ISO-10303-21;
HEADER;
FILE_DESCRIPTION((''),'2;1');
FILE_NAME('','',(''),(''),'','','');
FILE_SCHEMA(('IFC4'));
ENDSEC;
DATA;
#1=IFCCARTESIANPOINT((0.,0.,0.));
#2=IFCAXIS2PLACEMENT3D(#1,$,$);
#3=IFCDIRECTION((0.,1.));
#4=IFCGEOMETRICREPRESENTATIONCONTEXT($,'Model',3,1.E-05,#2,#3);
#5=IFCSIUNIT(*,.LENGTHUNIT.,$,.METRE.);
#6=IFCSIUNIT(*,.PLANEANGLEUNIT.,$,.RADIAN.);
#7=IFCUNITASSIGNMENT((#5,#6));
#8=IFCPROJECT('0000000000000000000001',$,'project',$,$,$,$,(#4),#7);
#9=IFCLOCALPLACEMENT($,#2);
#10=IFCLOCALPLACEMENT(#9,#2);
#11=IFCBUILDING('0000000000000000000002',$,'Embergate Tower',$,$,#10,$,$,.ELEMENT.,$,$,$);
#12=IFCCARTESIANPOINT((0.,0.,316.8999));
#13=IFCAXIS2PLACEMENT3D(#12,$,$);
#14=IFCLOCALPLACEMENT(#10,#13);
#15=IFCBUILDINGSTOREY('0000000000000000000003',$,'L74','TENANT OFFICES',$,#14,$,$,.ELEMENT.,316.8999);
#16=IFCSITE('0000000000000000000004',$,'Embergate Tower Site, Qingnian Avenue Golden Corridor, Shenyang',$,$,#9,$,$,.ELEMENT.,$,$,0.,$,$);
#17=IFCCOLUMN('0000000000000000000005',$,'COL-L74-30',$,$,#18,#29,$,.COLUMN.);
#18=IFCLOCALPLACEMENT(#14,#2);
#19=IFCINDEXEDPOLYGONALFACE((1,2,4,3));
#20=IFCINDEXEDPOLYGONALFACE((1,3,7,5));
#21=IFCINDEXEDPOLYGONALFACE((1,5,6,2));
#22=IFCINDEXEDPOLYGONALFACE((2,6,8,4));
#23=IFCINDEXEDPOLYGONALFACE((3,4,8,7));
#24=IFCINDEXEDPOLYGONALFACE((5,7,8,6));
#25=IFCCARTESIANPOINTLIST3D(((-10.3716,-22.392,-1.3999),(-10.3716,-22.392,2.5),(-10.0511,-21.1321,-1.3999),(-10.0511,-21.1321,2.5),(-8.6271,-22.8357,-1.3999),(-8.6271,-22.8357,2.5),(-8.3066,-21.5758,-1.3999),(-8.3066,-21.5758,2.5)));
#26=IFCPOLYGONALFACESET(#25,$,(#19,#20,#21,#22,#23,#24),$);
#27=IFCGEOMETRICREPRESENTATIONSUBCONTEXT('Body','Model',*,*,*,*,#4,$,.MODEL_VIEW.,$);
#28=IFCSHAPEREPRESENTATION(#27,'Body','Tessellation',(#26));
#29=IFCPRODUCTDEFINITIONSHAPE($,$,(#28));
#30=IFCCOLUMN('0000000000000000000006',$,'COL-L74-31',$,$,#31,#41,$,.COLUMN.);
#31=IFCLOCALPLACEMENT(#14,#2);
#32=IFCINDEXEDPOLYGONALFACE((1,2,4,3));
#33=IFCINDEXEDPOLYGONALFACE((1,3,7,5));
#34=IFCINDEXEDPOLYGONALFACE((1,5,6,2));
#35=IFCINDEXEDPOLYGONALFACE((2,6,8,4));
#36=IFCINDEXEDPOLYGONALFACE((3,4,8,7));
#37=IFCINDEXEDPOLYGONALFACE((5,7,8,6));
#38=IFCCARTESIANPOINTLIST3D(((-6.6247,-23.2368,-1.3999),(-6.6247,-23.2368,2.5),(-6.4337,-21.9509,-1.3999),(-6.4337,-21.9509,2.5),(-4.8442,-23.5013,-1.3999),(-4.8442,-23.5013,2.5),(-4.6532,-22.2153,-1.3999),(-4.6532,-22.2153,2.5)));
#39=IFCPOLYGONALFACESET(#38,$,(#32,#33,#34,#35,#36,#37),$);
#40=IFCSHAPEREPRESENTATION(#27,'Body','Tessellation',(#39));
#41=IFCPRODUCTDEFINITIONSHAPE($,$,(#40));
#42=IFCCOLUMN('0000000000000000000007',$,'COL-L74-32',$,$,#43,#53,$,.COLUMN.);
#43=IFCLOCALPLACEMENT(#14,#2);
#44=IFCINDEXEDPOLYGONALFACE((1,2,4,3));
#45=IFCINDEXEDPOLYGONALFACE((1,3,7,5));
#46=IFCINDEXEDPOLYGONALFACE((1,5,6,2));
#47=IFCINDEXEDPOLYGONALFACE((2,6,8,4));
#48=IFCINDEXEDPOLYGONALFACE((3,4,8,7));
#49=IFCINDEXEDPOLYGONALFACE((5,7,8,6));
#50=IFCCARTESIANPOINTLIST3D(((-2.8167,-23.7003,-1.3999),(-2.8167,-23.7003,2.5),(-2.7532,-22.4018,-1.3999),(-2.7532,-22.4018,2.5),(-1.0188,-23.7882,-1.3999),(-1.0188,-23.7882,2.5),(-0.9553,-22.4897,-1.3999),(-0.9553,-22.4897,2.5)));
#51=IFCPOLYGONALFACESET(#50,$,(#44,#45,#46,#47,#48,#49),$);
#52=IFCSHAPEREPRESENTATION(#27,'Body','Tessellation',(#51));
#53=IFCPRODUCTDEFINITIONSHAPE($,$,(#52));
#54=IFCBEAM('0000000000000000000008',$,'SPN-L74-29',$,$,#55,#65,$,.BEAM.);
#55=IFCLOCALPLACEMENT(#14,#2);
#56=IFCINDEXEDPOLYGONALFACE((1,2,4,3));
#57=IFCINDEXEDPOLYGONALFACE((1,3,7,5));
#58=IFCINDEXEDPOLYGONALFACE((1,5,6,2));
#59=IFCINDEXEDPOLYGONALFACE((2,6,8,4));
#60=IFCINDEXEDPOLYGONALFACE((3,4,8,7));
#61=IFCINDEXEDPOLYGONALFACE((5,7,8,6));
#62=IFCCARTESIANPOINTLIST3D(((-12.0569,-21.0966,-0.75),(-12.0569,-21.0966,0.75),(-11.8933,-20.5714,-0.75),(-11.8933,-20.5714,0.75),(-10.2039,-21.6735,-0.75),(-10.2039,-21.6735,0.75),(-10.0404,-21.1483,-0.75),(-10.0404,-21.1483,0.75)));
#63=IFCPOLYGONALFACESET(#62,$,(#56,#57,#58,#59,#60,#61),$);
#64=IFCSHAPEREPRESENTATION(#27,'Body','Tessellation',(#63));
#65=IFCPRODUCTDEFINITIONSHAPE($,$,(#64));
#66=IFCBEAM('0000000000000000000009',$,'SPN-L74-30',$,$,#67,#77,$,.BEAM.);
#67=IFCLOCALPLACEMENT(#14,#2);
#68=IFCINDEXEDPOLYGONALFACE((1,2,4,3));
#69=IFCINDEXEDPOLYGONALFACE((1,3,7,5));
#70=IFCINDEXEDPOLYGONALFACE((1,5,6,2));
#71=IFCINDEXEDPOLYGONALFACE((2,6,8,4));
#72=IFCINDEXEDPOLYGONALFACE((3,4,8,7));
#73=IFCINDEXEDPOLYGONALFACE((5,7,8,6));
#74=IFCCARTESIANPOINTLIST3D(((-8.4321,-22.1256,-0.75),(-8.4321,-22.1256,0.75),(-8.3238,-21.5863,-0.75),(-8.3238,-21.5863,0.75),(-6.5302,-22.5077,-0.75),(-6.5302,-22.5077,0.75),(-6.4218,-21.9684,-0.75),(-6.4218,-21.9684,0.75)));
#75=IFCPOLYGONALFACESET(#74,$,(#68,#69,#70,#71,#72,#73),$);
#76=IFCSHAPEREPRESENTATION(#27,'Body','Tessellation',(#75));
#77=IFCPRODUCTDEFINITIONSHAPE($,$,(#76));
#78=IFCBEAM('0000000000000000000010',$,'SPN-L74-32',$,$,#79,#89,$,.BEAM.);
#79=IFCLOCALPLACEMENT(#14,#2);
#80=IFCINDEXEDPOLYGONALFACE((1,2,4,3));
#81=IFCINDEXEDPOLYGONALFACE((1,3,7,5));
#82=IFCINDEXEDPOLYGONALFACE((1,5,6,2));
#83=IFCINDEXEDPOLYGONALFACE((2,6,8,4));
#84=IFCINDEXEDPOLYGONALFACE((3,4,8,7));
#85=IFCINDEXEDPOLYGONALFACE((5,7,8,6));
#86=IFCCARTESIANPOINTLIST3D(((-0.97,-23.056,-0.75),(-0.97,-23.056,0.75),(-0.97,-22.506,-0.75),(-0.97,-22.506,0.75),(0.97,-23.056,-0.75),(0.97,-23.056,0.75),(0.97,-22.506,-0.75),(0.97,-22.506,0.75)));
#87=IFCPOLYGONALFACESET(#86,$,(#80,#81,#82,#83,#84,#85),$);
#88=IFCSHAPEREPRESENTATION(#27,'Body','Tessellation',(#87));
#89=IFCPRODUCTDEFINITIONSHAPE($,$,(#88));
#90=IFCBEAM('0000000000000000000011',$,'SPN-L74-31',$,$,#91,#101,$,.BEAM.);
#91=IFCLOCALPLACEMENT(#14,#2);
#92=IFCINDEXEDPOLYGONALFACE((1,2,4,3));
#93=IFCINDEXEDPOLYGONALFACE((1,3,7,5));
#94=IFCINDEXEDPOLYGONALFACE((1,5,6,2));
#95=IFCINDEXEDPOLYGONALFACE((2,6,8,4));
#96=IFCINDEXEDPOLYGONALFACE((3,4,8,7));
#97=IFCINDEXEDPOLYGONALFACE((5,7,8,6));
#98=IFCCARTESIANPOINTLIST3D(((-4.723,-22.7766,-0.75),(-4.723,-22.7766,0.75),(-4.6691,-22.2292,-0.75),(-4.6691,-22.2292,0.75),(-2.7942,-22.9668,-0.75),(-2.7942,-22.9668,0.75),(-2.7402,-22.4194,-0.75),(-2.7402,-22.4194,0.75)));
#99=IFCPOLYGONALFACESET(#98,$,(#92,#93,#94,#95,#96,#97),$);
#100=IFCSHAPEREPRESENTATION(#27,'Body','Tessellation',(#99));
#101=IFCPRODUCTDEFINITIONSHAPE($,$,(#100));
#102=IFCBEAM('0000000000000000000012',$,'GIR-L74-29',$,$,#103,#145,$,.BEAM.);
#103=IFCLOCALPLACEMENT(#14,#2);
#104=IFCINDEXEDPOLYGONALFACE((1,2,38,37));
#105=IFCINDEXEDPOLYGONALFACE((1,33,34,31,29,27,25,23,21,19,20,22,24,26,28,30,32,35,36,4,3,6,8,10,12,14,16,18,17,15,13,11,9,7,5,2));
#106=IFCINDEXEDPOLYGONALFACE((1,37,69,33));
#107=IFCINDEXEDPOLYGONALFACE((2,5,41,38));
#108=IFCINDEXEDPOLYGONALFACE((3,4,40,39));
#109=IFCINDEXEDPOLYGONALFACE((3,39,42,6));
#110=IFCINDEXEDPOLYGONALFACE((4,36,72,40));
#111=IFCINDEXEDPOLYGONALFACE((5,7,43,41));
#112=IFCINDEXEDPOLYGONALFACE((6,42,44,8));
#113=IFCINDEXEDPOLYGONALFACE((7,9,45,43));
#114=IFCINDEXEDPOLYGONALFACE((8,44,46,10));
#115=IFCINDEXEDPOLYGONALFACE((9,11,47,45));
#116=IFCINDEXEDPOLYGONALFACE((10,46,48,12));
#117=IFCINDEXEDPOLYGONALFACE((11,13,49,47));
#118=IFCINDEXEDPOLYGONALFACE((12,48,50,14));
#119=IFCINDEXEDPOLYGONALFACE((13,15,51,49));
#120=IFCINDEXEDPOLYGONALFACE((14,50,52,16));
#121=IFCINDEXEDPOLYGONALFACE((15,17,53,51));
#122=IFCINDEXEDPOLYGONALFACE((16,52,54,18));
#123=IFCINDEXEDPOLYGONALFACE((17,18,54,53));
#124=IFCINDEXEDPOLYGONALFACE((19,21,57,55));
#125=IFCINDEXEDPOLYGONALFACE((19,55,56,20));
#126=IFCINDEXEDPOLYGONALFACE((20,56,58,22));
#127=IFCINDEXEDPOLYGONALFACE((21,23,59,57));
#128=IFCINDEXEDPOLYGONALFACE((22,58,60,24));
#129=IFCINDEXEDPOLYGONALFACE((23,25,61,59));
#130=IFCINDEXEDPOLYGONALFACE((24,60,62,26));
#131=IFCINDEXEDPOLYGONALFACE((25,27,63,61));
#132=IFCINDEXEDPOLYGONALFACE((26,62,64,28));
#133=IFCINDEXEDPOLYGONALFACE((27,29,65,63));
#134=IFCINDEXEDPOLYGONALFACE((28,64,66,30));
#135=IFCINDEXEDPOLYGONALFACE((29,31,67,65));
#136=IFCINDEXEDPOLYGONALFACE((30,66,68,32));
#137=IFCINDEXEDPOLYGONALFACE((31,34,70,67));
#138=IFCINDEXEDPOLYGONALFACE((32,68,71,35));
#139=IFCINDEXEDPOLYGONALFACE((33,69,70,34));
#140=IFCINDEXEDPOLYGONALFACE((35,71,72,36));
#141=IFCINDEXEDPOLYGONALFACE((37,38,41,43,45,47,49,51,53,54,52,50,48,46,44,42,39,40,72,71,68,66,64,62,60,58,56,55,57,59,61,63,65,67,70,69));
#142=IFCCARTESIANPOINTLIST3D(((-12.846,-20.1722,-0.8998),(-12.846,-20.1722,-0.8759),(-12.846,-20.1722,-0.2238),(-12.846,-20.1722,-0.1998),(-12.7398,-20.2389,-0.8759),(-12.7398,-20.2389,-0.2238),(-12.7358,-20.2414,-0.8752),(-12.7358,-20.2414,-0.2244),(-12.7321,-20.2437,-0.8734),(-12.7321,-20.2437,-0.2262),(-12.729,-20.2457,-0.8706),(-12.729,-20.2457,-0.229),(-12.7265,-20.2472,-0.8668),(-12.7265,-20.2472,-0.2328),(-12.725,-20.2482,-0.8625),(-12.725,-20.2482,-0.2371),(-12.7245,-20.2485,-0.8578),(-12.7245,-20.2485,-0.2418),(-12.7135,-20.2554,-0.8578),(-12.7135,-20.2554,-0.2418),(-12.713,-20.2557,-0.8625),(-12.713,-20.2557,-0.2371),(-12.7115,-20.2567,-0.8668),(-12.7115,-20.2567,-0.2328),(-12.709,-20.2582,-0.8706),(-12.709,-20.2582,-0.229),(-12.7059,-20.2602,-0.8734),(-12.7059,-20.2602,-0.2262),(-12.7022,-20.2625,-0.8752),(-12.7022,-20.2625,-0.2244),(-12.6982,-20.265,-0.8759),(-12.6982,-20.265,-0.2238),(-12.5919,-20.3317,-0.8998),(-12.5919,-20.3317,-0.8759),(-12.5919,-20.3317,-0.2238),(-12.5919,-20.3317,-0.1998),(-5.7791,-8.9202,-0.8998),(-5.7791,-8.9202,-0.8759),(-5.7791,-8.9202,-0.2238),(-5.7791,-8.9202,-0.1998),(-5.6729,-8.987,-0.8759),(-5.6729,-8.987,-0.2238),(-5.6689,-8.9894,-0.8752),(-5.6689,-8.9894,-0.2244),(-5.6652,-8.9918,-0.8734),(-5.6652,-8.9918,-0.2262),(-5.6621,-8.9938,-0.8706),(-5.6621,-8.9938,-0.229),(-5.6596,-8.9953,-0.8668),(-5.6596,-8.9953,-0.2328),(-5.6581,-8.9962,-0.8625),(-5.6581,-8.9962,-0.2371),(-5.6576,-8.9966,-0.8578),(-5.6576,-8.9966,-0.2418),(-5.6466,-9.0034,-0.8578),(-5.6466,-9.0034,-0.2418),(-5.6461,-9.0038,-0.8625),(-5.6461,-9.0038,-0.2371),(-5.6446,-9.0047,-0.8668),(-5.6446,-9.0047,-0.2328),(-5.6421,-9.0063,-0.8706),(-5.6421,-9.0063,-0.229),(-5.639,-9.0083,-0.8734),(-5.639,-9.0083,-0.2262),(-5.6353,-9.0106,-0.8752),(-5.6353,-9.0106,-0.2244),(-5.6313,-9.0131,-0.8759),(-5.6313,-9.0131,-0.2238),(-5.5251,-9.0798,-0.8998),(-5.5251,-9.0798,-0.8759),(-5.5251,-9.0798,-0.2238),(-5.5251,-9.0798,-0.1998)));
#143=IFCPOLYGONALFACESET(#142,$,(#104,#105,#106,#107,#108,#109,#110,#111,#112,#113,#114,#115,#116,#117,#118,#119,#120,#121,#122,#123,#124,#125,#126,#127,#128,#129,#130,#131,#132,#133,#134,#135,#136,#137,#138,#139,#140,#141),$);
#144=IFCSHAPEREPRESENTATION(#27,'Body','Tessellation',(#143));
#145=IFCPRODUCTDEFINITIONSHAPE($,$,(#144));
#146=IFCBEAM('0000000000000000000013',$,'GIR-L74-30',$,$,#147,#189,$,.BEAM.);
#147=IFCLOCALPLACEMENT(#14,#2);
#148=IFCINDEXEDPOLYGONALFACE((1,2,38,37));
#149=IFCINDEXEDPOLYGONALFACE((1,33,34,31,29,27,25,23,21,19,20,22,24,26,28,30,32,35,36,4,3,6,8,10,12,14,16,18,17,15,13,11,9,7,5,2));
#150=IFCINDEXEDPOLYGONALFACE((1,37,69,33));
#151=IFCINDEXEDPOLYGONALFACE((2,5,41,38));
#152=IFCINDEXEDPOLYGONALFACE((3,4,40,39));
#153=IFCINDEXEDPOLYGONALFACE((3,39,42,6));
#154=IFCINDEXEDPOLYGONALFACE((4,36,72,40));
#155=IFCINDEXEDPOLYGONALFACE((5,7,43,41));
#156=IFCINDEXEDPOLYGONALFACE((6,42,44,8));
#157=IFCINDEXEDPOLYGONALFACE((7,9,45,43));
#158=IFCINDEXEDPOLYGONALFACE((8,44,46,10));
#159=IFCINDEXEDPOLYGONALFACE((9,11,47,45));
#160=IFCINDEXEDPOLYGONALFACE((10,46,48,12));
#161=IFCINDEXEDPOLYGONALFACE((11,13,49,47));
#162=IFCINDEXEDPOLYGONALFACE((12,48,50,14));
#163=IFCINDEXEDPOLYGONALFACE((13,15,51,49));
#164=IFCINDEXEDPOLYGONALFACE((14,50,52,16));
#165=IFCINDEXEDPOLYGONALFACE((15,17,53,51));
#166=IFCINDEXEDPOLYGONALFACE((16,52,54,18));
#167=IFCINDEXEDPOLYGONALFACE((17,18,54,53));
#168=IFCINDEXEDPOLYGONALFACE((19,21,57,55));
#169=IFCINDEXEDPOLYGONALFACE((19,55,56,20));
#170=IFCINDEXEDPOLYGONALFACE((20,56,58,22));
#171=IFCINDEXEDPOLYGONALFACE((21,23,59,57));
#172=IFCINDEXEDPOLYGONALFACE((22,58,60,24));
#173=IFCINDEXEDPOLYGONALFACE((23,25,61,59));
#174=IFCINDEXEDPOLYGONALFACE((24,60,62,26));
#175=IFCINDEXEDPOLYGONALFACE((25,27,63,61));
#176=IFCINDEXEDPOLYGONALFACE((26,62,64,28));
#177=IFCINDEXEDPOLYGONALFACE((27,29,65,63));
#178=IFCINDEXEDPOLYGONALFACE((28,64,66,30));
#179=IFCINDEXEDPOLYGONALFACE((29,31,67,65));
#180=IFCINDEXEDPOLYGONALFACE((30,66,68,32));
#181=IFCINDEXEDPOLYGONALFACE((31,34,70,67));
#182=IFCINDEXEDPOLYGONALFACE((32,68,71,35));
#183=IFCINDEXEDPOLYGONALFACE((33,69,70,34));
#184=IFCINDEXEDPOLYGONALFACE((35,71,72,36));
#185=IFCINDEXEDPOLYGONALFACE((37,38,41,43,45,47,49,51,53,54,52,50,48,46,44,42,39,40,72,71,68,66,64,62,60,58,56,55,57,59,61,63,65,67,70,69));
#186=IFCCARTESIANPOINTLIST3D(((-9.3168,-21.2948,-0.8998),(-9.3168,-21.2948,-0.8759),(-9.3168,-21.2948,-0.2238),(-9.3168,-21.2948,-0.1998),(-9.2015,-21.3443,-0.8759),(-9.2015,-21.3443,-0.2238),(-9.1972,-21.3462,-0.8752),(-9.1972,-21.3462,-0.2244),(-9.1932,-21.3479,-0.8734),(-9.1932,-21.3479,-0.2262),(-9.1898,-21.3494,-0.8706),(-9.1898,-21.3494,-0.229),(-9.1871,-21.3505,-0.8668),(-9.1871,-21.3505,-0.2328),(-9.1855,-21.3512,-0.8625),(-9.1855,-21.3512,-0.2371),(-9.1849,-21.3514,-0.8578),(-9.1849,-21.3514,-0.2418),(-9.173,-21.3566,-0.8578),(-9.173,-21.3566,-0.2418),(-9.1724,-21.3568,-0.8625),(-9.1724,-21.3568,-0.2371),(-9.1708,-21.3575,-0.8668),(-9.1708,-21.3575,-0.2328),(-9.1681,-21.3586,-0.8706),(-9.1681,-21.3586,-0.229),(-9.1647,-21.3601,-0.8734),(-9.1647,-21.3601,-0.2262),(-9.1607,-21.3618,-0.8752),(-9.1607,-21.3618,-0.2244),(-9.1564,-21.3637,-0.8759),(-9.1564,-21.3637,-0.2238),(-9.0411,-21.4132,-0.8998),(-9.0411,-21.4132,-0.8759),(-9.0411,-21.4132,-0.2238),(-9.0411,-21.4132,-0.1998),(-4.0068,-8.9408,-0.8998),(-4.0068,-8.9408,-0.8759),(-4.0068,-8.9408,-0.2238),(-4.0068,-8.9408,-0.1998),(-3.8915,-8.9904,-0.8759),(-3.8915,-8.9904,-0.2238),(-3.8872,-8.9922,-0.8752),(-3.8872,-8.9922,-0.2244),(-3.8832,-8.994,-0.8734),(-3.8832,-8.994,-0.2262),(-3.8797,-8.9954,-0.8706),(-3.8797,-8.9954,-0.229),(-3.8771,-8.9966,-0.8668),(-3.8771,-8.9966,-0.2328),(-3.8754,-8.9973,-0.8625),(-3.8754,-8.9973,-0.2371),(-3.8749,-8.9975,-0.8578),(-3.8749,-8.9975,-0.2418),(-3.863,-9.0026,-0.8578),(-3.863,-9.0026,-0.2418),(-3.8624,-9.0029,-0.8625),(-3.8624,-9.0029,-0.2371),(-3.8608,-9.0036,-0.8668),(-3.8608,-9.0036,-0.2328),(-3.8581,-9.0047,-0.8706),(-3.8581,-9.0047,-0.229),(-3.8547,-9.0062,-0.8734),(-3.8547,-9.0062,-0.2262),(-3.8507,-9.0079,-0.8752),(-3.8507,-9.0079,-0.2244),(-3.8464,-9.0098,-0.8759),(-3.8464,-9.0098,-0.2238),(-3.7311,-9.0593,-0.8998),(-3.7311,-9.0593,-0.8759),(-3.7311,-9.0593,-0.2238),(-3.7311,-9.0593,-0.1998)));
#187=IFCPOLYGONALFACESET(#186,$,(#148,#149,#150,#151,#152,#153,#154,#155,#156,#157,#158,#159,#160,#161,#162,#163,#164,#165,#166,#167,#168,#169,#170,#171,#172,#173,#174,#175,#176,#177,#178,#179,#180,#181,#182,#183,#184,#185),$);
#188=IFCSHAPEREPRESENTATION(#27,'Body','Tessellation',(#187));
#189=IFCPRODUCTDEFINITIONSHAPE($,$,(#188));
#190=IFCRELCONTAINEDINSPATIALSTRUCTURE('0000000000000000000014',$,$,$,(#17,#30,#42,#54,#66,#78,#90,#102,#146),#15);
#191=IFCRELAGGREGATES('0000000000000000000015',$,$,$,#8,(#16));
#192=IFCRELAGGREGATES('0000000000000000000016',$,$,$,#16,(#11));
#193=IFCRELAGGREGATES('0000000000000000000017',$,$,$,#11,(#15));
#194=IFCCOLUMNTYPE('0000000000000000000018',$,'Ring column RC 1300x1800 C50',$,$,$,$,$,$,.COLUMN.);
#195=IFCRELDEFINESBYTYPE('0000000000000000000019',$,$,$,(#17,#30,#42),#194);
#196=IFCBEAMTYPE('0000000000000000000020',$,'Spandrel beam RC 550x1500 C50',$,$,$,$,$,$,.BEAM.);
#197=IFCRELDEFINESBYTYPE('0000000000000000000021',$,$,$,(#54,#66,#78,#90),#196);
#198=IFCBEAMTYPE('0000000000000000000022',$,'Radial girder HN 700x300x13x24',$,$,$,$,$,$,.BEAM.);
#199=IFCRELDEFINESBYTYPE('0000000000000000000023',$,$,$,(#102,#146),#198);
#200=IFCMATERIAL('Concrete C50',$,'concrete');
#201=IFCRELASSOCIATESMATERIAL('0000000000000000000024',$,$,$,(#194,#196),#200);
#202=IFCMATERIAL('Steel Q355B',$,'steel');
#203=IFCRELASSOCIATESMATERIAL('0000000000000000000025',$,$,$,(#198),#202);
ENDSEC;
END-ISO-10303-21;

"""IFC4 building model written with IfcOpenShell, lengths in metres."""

from ifc_helpers import new_model, si_unit, direction, frame, origin, origin_2d, place, context, subcontext, project, spatial, rectangle, i_section, extrude, source, transform, mapped, material, material_profile, profile_set, type_object, element, save


model = new_model("IFC4")

# Units and contexts
model_context = context("Model", 3, precision=1e-05, world=origin(), true_north=direction((0.0, 1.0)))
body_context = subcontext(model_context, "Body", "Model", "MODEL_VIEW")
ifc_project = project(units=[si_unit("LENGTHUNIT", "METRE"), si_unit("PLANEANGLEUNIT", "RADIAN")], contexts=[model_context])

# Site, building, storey
site_placement = place(None, origin())
site = spatial("IfcSite", under=ifc_project, at=site_placement, Name="Embergate Tower Site, Qingnian Avenue Golden Corridor, Shenyang", CompositionType="ELEMENT", RefElevation=0.0)
building_placement = place(site_placement, origin())
building = spatial("IfcBuilding", under=site, at=building_placement, Name="Embergate Tower", CompositionType="ELEMENT")
storey_placement = place(building_placement, frame((0.0, 0.0, 316.8999)))
storey = spatial("IfcBuildingStorey", under=building, at=storey_placement, Name="L74", Description="TENANT OFFICES", CompositionType="ELEMENT", Elevation=316.8999)

# Columns
ifc_material_1 = material(Name="Concrete C50", Category="concrete")
ifc_material_profile_1 = material_profile(ifc_material_1, rectangle(XDim=1.3, YDim=1.8, at=origin_2d()), Name="RC 1300x1800")
ifc_profile_set_1 = profile_set([ifc_material_profile_1], Name="Concrete C50")
column_type = type_object("IfcColumnType", Name="Ring column RC 1300x1800 C50", PredefinedType="COLUMN", material=ifc_profile_set_1)
shared_shape_1 = source(origin(), body_context, "Body", "SweptSolid", [
    extrude(rectangle(XDim=1.3, YDim=1.8, at=origin_2d()), origin(), (0.0, 0.0, 1.0), 3.8999),
])
for number, where, z_axis, x_axis, name in (
    (1, (-9.3391, -21.9839, -1.3999), (0.0, 0.0, 1.0), (-0.246509, -0.969141, 0.0), "COL-L74-30"),
    (2, (-5.6389, -22.7261, -1.3999), (0.0, 0.0, 1.0), (-0.146929, -0.989147, 0.0), "COL-L74-31"),
    (3, (-1.886, -23.095, -1.3999), (0.0, 0.0, 1.0), (-0.048815, -0.998808, 0.0), "COL-L74-32"),
):
    element("IfcColumn", number, at=place(storey_placement, frame(where, z_axis=z_axis, x_axis=x_axis)), inside=storey, type_object=column_type, Name=name, PredefinedType="COLUMN", context=body_context, shape_type="MappedRepresentation", body=[
        mapped(shared_shape_1, transform((0.0, 0.0, 0.0))),
    ])

# Beams
ifc_material_profile_2 = material_profile(ifc_material_1, rectangle(XDim=0.55, YDim=1.5, at=origin_2d()), Name="RC 550x1500")
ifc_profile_set_2 = profile_set([ifc_material_profile_2], Name="Concrete C50")
beam_type_1 = type_object("IfcBeamType", Name="Spandrel beam RC 550x1500 C50", PredefinedType="BEAM", material=ifc_profile_set_2)
shared_shape_2 = source(origin(), body_context, "Body", "SweptSolid", [
    extrude(rectangle(XDim=0.55, YDim=1.5, at=origin_2d()), origin(), (0.0, 0.0, 1.0), 1.9407),
])
beam_1_placement = place(storey_placement, frame((-11.9751, -20.834, 0.0), z_axis=(0.954797, -0.297258, 0.0), x_axis=(0.297258, 0.954797, 0.0)))
element("IfcBeam", 4, at=beam_1_placement, inside=storey, type_object=beam_type_1, Name="SPN-L74-29", PredefinedType="BEAM", context=body_context, shape_type="MappedRepresentation", body=[
    mapped(shared_shape_2, transform((0.0, 0.0, 0.0))),
])
shared_shape_3 = source(origin(), body_context, "Body", "SweptSolid", [
    extrude(rectangle(XDim=0.55, YDim=1.5, at=origin_2d()), origin(), (0.0, 0.0, 1.0), 1.9399),
])
for number, where, z_axis, x_axis, name in (
    (5, (-8.3779, -21.856, 0.0), (0.980411, -0.196963, 0.0), (0.196963, 0.980411, 0.0), "SPN-L74-30"),
    (6, (-0.97, -22.781, 0.0), (1.0, 0.0, 0.0), (0.0, 1.0, 0.0), "SPN-L74-32"),
):
    element("IfcBeam", number, at=place(storey_placement, frame(where, z_axis=z_axis, x_axis=x_axis)), inside=storey, type_object=beam_type_1, Name=name, PredefinedType="BEAM", context=body_context, shape_type="MappedRepresentation", body=[
        mapped(shared_shape_3, transform((0.0, 0.0, 0.0))),
    ])
shared_shape_4 = source(origin(), body_context, "Body", "SweptSolid", [
    extrude(rectangle(XDim=0.55, YDim=1.5, at=origin_2d()), origin(), (0.0, 0.0, 1.0), 1.9382),
])
beam_2_placement = place(storey_placement, frame((-4.696, -22.5029, 0.0), z_axis=(0.995175, -0.098119, 0.0), x_axis=(0.098119, 0.995175, 0.0)))
element("IfcBeam", 7, at=beam_2_placement, inside=storey, type_object=beam_type_1, Name="SPN-L74-31", PredefinedType="BEAM", context=body_context, shape_type="MappedRepresentation", body=[
    mapped(shared_shape_4, transform((0.0, 0.0, 0.0))),
])
ifc_material_2 = material(Name="Steel Q355B", Category="steel")
ifc_material_profile_3 = material_profile(ifc_material_2, i_section(OverallWidth=0.3, OverallDepth=0.7, WebThickness=0.0129, FlangeThickness=0.0239, FilletRadius=0.0181, at=origin_2d()), Name="HN 700x300x13x24")
ifc_profile_set_3 = profile_set([ifc_material_profile_3], Name="Steel Q355 grade B")
beam_type_2 = type_object("IfcBeamType", Name="Radial girder HN 700x300x13x24", PredefinedType="BEAM", material=ifc_profile_set_3)
shared_shape_5 = source(origin(), body_context, "Body", "SweptSolid", [
    extrude(i_section(OverallWidth=0.3, OverallDepth=0.7, WebThickness=0.0129, FlangeThickness=0.0239, FilletRadius=0.0181, at=origin_2d()), origin(), (0.0, 0.0, 1.0), 13.2871),
])
beam_3_placement = place(storey_placement, frame((-12.719, -20.252, -0.5498), z_axis=(0.531861, 0.846832, 0.0), x_axis=(-0.846832, 0.531861, 0.0)))
element("IfcBeam", 8, at=beam_3_placement, inside=storey, type_object=beam_type_2, Name="GIR-L74-29", PredefinedType="BEAM", context=body_context, shape_type="MappedRepresentation", body=[
    mapped(shared_shape_5, transform((0.0, 0.0, 0.0))),
])
shared_shape_6 = source(origin(), body_context, "Body", "SweptSolid", [
    extrude(i_section(OverallWidth=0.3, OverallDepth=0.7, WebThickness=0.0129, FlangeThickness=0.0239, FilletRadius=0.0181, at=origin_2d()), origin(), (0.0, 0.0, 1.0), 13.4468),
])
beam_4_placement = place(storey_placement, frame((-9.179, -21.354, -0.5498), z_axis=(0.394892, 0.918728, 0.0), x_axis=(-0.918728, 0.394892, 0.0)))
element("IfcBeam", 9, at=beam_4_placement, inside=storey, type_object=beam_type_2, Name="GIR-L74-30", PredefinedType="BEAM", context=body_context, shape_type="MappedRepresentation", body=[
    mapped(shared_shape_6, transform((0.0, 0.0, 0.0))),
])

save(model, "model.ifc")
